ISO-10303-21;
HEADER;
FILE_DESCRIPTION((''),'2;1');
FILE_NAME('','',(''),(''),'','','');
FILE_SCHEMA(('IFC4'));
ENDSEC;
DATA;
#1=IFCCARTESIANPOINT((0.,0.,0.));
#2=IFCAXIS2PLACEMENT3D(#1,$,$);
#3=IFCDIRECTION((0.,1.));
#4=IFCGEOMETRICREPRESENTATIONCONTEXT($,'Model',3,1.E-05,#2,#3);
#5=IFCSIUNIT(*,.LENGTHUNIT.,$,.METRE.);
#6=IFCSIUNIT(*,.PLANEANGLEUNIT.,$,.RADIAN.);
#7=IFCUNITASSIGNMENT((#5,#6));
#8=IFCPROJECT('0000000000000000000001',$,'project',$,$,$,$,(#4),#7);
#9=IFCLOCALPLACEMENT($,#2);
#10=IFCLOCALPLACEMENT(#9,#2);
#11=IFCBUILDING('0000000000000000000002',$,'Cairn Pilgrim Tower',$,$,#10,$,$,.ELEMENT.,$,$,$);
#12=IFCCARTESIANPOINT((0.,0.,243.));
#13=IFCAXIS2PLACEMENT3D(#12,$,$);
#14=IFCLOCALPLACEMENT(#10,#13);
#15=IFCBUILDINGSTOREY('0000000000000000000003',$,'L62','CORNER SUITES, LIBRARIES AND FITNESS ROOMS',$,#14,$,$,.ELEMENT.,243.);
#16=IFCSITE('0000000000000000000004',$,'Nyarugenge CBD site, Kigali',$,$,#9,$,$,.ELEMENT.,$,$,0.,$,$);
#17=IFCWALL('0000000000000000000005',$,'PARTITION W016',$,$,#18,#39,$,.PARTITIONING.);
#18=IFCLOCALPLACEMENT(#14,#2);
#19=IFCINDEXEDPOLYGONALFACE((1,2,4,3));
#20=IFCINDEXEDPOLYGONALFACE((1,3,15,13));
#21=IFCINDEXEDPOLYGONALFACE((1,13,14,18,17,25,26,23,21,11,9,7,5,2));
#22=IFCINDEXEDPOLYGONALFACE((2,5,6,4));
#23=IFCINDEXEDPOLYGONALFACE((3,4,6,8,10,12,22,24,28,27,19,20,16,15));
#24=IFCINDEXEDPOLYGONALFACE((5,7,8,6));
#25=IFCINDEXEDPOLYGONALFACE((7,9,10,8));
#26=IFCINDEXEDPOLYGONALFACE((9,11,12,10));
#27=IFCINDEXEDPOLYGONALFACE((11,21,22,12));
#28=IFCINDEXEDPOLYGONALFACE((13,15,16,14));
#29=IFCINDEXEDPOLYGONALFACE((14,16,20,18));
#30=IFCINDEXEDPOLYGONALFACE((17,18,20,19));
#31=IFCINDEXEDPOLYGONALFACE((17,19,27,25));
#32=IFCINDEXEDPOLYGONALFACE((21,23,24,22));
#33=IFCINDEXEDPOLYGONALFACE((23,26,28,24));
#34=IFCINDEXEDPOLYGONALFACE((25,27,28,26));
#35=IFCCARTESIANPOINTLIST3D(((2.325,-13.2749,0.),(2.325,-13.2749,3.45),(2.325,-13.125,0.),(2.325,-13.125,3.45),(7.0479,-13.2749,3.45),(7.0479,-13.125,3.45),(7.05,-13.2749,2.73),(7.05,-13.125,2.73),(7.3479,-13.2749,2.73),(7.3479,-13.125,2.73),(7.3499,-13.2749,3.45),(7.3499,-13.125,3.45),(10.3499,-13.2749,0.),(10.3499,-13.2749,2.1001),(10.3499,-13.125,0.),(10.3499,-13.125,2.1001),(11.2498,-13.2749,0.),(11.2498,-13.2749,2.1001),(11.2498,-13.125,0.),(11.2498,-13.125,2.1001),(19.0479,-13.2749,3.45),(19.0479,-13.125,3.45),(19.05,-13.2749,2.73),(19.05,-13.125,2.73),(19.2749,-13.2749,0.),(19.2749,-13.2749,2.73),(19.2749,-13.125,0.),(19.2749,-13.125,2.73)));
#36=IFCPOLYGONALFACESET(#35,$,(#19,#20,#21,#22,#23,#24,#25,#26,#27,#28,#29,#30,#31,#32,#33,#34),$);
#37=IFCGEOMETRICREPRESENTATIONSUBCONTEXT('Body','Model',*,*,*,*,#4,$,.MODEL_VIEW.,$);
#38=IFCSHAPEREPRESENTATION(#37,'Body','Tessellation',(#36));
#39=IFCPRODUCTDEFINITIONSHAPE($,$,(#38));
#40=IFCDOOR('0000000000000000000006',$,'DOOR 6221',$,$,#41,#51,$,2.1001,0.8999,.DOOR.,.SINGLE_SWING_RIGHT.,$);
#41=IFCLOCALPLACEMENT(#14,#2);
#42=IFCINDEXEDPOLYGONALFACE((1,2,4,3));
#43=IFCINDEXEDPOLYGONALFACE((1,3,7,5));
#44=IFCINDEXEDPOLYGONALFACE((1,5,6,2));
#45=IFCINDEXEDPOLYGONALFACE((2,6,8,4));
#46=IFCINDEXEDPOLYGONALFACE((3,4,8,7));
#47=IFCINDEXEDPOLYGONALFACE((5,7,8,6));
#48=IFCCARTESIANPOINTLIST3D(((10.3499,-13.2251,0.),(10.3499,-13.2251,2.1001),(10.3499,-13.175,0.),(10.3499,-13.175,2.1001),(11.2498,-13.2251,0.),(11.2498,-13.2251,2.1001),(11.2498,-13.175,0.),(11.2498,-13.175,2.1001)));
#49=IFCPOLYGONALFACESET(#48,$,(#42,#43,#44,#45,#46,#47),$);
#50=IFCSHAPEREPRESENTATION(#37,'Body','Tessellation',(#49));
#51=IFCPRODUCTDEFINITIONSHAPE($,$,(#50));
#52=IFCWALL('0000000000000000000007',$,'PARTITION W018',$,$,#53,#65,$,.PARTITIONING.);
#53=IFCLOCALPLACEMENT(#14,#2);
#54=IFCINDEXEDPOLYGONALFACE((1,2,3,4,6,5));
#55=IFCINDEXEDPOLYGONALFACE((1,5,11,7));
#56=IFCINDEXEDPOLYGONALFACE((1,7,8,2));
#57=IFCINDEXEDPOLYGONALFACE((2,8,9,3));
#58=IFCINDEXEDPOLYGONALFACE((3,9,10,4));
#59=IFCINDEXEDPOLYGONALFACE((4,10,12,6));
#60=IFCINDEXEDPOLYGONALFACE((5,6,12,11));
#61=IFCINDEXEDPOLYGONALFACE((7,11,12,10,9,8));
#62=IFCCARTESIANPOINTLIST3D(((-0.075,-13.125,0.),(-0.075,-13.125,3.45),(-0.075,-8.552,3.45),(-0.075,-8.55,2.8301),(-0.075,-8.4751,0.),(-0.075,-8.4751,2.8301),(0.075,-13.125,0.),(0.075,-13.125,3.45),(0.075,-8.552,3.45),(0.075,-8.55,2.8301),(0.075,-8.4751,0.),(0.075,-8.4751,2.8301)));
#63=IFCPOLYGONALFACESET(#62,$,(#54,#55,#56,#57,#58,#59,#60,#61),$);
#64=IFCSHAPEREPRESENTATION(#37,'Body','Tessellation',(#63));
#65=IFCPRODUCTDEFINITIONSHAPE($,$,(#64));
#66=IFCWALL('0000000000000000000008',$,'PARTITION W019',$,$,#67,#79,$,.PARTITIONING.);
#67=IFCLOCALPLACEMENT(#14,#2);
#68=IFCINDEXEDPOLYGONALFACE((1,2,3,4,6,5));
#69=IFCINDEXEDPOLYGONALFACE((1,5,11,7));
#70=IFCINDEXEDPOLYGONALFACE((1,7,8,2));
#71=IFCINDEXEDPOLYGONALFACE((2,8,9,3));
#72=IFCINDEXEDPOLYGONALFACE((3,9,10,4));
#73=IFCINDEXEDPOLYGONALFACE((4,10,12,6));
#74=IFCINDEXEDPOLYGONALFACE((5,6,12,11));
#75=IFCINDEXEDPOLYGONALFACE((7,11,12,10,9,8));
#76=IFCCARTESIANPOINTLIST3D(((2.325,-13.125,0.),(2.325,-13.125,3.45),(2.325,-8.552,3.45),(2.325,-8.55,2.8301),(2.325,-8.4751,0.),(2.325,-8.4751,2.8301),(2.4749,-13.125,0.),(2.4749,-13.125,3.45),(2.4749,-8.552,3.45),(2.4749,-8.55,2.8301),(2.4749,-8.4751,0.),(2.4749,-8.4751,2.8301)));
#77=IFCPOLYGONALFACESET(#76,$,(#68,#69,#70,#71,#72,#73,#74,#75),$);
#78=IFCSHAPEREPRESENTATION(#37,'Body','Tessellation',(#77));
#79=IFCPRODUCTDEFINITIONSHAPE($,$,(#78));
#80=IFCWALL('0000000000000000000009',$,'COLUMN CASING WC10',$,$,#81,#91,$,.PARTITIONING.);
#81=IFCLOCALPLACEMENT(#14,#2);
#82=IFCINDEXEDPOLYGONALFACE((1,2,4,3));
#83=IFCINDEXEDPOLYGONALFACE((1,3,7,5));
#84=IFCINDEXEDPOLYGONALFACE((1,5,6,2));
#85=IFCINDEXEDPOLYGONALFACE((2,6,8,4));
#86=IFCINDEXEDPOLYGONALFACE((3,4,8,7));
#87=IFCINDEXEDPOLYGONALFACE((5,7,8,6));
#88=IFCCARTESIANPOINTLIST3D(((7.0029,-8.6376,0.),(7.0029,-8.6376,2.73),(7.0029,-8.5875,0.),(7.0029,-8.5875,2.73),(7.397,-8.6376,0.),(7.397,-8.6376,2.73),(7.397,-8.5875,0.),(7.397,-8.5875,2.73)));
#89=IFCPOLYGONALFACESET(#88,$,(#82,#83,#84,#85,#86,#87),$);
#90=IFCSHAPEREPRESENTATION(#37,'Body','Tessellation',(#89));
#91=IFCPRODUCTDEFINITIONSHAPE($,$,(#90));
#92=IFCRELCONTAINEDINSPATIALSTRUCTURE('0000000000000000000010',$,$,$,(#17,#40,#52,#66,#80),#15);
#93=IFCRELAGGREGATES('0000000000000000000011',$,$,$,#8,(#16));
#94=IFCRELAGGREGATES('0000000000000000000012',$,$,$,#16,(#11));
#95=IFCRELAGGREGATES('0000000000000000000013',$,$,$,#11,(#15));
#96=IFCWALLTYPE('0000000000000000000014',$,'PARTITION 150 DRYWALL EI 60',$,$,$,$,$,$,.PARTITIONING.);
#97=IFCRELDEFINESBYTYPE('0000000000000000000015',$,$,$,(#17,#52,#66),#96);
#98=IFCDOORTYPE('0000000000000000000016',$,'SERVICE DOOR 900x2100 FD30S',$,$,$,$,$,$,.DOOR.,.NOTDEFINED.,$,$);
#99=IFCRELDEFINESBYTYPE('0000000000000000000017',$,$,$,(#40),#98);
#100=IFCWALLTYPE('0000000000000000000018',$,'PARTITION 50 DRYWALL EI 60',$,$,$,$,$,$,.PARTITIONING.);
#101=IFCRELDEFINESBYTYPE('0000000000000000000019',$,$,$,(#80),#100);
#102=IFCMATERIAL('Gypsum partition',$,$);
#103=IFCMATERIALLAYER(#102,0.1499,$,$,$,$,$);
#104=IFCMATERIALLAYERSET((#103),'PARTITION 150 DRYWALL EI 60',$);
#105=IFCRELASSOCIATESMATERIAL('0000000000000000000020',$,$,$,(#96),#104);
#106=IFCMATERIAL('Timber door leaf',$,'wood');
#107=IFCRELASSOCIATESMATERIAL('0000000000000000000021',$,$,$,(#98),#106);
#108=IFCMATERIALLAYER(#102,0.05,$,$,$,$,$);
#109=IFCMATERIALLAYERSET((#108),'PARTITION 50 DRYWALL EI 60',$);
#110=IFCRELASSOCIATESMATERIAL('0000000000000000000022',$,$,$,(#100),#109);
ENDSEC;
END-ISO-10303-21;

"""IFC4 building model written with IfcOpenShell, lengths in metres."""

from ifc_helpers import new_model, si_unit, direction, frame, frame_2d, origin, place, context, subcontext, project, spatial, polyline, rectangle, outline, extrude, material, layer, layer_set, type_object, element, fill, save


model = new_model("IFC4")

# Units and contexts
model_context = context("Model", 3, precision=1e-05, world=origin(), true_north=direction((0.0, 1.0)))
body_context = subcontext(model_context, "Body", "Model", "MODEL_VIEW")
ifc_project = project(units=[si_unit("LENGTHUNIT", "METRE"), si_unit("PLANEANGLEUNIT", "RADIAN")], contexts=[model_context])

# Site, building, storey
site_placement = place(None, origin())
site = spatial("IfcSite", under=ifc_project, at=site_placement, Name="Nyarugenge CBD site, Kigali", CompositionType="ELEMENT", RefElevation=0.0)
building_placement = place(site_placement, origin())
building = spatial("IfcBuilding", under=site, at=building_placement, Name="Cairn Pilgrim Tower", CompositionType="ELEMENT")
storey_placement = place(building_placement, frame((0.0, 0.0, 243.0)))
storey = spatial("IfcBuildingStorey", under=building, at=storey_placement, Name="L62", Description="CORNER SUITES, LIBRARIES AND FITNESS ROOMS", CompositionType="ELEMENT", Elevation=243.0)

# Shared definitions
ifc_material_1 = material(Name="Gypsum partition")

# Wall, opening, door
ifc_layer_1 = layer(ifc_material_1, 0.1499)
ifc_layer_set_1 = layer_set([ifc_layer_1], Name="PARTITION 150 DRYWALL EI 60")
wall_type_1 = type_object("IfcWallType", Name="PARTITION 150 DRYWALL EI 60", PredefinedType="PARTITIONING", material=ifc_layer_set_1)
wall_1_placement = place(storey_placement, frame((2.325, -13.2, 0.0), z_axis=(0.0, 0.0, 1.0), x_axis=(1.0, 0.0, 0.0)))
wall_1 = element("IfcWall", 1, at=wall_1_placement, inside=storey, type_object=wall_type_1, Name="PARTITION W016", PredefinedType="PARTITIONING", context=body_context, shape_type="SweptSolid", body=[
    extrude(outline(polyline([(0.0, 0.0), (16.95, 0.0), (16.95, 2.73), (16.7251, 2.73), (16.7229, 3.45), (5.0249, 3.45), (5.0229, 2.73), (4.7251, 2.73), (4.7229, 3.45), (0.0, 3.45), (0.0, 0.0)])), frame((0.0, 0.075, 0.0), z_axis=(0.0, -1.0, 0.0), x_axis=(1.0, 0.0, 0.0)), (0.0, 0.0, 1.0), 0.1499),
])
opening_1_placement = place(wall_1_placement, frame((8.0249, 0.0, 0.0)))
opening_1 = element("IfcOpeningElement", 2, at=opening_1_placement, cuts=wall_1, PredefinedType="OPENING", context=body_context, shape_type="SweptSolid", body=[
    extrude(rectangle(XDim=0.8999, YDim=2.1001, at=frame_2d((0.45, 1.05))), frame((0.0, 0.085, 0.0), z_axis=(0.0, -1.0, 0.0), x_axis=(1.0, 0.0, 0.0)), (0.0, 0.0, 1.0), 0.1699),
])
ifc_material_2 = material(Name="Timber door leaf", Category="wood")
door_type_1 = type_object("IfcDoorType", Name="SERVICE DOOR 900x2100 FD30S", OperationType="NOTDEFINED", PredefinedType="DOOR", material=ifc_material_2)
door_1_placement = place(opening_1_placement, origin())
door_1 = element("IfcDoor", 3, at=door_1_placement, inside=storey, type_object=door_type_1, Name="DOOR 6221", OperationType="SINGLE_SWING_RIGHT", OverallHeight=2.1001, OverallWidth=0.8999, PredefinedType="DOOR", context=body_context, shape_type="SweptSolid", body=[
    extrude(rectangle(XDim=0.8999, YDim=2.1001, at=frame_2d((0.45, 1.05))), frame((0.0, 0.0249, 0.0), z_axis=(0.0, -1.0, 0.0), x_axis=(1.0, 0.0, 0.0)), (0.0, 0.0, 1.0), 0.05),
])
fill(opening_1, door_1)

# Walls
for number, where, z_axis, x_axis, name in (
    (4, (0.0, -13.125, 0.0), (0.0, 0.0, 1.0), (0.0, 1.0, 0.0), "PARTITION W018"),
    (5, (2.3999, -13.125, 0.0), (0.0, 0.0, 1.0), (0.0, 1.0, 0.0), "PARTITION W019"),
):
    element("IfcWall", number, at=place(storey_placement, frame(where, z_axis=z_axis, x_axis=x_axis)), inside=storey, type_object=wall_type_1, Name=name, PredefinedType="PARTITIONING", context=body_context, shape_type="SweptSolid", body=[
        extrude(outline(polyline([(0.0, 0.0), (4.6499, 0.0), (4.6499, 2.8301), (4.575, 2.8301), (4.573, 3.45), (0.0, 3.45), (0.0, 0.0)])), frame((0.0, 0.075, 0.0), z_axis=(0.0, -1.0, 0.0), x_axis=(1.0, 0.0, 0.0)), (0.0, 0.0, 1.0), 0.1499),
    ])
ifc_layer_2 = layer(ifc_material_1, 0.05)
ifc_layer_set_2 = layer_set([ifc_layer_2], Name="PARTITION 50 DRYWALL EI 60")
wall_type_2 = type_object("IfcWallType", Name="PARTITION 50 DRYWALL EI 60", PredefinedType="PARTITIONING", material=ifc_layer_set_2)
wall_2_placement = place(storey_placement, frame((7.0029, -8.6125, 0.0), z_axis=(0.0, 0.0, 1.0), x_axis=(1.0, 0.0, 0.0)))
element("IfcWall", 6, at=wall_2_placement, inside=storey, type_object=wall_type_2, Name="COLUMN CASING WC10", PredefinedType="PARTITIONING", context=body_context, shape_type="SweptSolid", body=[
    extrude(rectangle(XDim=0.394, YDim=0.05, at=frame_2d((0.197, 0.0))), origin(), (0.0, 0.0, 1.0), 2.73),
])

save(model, "model.ifc")
